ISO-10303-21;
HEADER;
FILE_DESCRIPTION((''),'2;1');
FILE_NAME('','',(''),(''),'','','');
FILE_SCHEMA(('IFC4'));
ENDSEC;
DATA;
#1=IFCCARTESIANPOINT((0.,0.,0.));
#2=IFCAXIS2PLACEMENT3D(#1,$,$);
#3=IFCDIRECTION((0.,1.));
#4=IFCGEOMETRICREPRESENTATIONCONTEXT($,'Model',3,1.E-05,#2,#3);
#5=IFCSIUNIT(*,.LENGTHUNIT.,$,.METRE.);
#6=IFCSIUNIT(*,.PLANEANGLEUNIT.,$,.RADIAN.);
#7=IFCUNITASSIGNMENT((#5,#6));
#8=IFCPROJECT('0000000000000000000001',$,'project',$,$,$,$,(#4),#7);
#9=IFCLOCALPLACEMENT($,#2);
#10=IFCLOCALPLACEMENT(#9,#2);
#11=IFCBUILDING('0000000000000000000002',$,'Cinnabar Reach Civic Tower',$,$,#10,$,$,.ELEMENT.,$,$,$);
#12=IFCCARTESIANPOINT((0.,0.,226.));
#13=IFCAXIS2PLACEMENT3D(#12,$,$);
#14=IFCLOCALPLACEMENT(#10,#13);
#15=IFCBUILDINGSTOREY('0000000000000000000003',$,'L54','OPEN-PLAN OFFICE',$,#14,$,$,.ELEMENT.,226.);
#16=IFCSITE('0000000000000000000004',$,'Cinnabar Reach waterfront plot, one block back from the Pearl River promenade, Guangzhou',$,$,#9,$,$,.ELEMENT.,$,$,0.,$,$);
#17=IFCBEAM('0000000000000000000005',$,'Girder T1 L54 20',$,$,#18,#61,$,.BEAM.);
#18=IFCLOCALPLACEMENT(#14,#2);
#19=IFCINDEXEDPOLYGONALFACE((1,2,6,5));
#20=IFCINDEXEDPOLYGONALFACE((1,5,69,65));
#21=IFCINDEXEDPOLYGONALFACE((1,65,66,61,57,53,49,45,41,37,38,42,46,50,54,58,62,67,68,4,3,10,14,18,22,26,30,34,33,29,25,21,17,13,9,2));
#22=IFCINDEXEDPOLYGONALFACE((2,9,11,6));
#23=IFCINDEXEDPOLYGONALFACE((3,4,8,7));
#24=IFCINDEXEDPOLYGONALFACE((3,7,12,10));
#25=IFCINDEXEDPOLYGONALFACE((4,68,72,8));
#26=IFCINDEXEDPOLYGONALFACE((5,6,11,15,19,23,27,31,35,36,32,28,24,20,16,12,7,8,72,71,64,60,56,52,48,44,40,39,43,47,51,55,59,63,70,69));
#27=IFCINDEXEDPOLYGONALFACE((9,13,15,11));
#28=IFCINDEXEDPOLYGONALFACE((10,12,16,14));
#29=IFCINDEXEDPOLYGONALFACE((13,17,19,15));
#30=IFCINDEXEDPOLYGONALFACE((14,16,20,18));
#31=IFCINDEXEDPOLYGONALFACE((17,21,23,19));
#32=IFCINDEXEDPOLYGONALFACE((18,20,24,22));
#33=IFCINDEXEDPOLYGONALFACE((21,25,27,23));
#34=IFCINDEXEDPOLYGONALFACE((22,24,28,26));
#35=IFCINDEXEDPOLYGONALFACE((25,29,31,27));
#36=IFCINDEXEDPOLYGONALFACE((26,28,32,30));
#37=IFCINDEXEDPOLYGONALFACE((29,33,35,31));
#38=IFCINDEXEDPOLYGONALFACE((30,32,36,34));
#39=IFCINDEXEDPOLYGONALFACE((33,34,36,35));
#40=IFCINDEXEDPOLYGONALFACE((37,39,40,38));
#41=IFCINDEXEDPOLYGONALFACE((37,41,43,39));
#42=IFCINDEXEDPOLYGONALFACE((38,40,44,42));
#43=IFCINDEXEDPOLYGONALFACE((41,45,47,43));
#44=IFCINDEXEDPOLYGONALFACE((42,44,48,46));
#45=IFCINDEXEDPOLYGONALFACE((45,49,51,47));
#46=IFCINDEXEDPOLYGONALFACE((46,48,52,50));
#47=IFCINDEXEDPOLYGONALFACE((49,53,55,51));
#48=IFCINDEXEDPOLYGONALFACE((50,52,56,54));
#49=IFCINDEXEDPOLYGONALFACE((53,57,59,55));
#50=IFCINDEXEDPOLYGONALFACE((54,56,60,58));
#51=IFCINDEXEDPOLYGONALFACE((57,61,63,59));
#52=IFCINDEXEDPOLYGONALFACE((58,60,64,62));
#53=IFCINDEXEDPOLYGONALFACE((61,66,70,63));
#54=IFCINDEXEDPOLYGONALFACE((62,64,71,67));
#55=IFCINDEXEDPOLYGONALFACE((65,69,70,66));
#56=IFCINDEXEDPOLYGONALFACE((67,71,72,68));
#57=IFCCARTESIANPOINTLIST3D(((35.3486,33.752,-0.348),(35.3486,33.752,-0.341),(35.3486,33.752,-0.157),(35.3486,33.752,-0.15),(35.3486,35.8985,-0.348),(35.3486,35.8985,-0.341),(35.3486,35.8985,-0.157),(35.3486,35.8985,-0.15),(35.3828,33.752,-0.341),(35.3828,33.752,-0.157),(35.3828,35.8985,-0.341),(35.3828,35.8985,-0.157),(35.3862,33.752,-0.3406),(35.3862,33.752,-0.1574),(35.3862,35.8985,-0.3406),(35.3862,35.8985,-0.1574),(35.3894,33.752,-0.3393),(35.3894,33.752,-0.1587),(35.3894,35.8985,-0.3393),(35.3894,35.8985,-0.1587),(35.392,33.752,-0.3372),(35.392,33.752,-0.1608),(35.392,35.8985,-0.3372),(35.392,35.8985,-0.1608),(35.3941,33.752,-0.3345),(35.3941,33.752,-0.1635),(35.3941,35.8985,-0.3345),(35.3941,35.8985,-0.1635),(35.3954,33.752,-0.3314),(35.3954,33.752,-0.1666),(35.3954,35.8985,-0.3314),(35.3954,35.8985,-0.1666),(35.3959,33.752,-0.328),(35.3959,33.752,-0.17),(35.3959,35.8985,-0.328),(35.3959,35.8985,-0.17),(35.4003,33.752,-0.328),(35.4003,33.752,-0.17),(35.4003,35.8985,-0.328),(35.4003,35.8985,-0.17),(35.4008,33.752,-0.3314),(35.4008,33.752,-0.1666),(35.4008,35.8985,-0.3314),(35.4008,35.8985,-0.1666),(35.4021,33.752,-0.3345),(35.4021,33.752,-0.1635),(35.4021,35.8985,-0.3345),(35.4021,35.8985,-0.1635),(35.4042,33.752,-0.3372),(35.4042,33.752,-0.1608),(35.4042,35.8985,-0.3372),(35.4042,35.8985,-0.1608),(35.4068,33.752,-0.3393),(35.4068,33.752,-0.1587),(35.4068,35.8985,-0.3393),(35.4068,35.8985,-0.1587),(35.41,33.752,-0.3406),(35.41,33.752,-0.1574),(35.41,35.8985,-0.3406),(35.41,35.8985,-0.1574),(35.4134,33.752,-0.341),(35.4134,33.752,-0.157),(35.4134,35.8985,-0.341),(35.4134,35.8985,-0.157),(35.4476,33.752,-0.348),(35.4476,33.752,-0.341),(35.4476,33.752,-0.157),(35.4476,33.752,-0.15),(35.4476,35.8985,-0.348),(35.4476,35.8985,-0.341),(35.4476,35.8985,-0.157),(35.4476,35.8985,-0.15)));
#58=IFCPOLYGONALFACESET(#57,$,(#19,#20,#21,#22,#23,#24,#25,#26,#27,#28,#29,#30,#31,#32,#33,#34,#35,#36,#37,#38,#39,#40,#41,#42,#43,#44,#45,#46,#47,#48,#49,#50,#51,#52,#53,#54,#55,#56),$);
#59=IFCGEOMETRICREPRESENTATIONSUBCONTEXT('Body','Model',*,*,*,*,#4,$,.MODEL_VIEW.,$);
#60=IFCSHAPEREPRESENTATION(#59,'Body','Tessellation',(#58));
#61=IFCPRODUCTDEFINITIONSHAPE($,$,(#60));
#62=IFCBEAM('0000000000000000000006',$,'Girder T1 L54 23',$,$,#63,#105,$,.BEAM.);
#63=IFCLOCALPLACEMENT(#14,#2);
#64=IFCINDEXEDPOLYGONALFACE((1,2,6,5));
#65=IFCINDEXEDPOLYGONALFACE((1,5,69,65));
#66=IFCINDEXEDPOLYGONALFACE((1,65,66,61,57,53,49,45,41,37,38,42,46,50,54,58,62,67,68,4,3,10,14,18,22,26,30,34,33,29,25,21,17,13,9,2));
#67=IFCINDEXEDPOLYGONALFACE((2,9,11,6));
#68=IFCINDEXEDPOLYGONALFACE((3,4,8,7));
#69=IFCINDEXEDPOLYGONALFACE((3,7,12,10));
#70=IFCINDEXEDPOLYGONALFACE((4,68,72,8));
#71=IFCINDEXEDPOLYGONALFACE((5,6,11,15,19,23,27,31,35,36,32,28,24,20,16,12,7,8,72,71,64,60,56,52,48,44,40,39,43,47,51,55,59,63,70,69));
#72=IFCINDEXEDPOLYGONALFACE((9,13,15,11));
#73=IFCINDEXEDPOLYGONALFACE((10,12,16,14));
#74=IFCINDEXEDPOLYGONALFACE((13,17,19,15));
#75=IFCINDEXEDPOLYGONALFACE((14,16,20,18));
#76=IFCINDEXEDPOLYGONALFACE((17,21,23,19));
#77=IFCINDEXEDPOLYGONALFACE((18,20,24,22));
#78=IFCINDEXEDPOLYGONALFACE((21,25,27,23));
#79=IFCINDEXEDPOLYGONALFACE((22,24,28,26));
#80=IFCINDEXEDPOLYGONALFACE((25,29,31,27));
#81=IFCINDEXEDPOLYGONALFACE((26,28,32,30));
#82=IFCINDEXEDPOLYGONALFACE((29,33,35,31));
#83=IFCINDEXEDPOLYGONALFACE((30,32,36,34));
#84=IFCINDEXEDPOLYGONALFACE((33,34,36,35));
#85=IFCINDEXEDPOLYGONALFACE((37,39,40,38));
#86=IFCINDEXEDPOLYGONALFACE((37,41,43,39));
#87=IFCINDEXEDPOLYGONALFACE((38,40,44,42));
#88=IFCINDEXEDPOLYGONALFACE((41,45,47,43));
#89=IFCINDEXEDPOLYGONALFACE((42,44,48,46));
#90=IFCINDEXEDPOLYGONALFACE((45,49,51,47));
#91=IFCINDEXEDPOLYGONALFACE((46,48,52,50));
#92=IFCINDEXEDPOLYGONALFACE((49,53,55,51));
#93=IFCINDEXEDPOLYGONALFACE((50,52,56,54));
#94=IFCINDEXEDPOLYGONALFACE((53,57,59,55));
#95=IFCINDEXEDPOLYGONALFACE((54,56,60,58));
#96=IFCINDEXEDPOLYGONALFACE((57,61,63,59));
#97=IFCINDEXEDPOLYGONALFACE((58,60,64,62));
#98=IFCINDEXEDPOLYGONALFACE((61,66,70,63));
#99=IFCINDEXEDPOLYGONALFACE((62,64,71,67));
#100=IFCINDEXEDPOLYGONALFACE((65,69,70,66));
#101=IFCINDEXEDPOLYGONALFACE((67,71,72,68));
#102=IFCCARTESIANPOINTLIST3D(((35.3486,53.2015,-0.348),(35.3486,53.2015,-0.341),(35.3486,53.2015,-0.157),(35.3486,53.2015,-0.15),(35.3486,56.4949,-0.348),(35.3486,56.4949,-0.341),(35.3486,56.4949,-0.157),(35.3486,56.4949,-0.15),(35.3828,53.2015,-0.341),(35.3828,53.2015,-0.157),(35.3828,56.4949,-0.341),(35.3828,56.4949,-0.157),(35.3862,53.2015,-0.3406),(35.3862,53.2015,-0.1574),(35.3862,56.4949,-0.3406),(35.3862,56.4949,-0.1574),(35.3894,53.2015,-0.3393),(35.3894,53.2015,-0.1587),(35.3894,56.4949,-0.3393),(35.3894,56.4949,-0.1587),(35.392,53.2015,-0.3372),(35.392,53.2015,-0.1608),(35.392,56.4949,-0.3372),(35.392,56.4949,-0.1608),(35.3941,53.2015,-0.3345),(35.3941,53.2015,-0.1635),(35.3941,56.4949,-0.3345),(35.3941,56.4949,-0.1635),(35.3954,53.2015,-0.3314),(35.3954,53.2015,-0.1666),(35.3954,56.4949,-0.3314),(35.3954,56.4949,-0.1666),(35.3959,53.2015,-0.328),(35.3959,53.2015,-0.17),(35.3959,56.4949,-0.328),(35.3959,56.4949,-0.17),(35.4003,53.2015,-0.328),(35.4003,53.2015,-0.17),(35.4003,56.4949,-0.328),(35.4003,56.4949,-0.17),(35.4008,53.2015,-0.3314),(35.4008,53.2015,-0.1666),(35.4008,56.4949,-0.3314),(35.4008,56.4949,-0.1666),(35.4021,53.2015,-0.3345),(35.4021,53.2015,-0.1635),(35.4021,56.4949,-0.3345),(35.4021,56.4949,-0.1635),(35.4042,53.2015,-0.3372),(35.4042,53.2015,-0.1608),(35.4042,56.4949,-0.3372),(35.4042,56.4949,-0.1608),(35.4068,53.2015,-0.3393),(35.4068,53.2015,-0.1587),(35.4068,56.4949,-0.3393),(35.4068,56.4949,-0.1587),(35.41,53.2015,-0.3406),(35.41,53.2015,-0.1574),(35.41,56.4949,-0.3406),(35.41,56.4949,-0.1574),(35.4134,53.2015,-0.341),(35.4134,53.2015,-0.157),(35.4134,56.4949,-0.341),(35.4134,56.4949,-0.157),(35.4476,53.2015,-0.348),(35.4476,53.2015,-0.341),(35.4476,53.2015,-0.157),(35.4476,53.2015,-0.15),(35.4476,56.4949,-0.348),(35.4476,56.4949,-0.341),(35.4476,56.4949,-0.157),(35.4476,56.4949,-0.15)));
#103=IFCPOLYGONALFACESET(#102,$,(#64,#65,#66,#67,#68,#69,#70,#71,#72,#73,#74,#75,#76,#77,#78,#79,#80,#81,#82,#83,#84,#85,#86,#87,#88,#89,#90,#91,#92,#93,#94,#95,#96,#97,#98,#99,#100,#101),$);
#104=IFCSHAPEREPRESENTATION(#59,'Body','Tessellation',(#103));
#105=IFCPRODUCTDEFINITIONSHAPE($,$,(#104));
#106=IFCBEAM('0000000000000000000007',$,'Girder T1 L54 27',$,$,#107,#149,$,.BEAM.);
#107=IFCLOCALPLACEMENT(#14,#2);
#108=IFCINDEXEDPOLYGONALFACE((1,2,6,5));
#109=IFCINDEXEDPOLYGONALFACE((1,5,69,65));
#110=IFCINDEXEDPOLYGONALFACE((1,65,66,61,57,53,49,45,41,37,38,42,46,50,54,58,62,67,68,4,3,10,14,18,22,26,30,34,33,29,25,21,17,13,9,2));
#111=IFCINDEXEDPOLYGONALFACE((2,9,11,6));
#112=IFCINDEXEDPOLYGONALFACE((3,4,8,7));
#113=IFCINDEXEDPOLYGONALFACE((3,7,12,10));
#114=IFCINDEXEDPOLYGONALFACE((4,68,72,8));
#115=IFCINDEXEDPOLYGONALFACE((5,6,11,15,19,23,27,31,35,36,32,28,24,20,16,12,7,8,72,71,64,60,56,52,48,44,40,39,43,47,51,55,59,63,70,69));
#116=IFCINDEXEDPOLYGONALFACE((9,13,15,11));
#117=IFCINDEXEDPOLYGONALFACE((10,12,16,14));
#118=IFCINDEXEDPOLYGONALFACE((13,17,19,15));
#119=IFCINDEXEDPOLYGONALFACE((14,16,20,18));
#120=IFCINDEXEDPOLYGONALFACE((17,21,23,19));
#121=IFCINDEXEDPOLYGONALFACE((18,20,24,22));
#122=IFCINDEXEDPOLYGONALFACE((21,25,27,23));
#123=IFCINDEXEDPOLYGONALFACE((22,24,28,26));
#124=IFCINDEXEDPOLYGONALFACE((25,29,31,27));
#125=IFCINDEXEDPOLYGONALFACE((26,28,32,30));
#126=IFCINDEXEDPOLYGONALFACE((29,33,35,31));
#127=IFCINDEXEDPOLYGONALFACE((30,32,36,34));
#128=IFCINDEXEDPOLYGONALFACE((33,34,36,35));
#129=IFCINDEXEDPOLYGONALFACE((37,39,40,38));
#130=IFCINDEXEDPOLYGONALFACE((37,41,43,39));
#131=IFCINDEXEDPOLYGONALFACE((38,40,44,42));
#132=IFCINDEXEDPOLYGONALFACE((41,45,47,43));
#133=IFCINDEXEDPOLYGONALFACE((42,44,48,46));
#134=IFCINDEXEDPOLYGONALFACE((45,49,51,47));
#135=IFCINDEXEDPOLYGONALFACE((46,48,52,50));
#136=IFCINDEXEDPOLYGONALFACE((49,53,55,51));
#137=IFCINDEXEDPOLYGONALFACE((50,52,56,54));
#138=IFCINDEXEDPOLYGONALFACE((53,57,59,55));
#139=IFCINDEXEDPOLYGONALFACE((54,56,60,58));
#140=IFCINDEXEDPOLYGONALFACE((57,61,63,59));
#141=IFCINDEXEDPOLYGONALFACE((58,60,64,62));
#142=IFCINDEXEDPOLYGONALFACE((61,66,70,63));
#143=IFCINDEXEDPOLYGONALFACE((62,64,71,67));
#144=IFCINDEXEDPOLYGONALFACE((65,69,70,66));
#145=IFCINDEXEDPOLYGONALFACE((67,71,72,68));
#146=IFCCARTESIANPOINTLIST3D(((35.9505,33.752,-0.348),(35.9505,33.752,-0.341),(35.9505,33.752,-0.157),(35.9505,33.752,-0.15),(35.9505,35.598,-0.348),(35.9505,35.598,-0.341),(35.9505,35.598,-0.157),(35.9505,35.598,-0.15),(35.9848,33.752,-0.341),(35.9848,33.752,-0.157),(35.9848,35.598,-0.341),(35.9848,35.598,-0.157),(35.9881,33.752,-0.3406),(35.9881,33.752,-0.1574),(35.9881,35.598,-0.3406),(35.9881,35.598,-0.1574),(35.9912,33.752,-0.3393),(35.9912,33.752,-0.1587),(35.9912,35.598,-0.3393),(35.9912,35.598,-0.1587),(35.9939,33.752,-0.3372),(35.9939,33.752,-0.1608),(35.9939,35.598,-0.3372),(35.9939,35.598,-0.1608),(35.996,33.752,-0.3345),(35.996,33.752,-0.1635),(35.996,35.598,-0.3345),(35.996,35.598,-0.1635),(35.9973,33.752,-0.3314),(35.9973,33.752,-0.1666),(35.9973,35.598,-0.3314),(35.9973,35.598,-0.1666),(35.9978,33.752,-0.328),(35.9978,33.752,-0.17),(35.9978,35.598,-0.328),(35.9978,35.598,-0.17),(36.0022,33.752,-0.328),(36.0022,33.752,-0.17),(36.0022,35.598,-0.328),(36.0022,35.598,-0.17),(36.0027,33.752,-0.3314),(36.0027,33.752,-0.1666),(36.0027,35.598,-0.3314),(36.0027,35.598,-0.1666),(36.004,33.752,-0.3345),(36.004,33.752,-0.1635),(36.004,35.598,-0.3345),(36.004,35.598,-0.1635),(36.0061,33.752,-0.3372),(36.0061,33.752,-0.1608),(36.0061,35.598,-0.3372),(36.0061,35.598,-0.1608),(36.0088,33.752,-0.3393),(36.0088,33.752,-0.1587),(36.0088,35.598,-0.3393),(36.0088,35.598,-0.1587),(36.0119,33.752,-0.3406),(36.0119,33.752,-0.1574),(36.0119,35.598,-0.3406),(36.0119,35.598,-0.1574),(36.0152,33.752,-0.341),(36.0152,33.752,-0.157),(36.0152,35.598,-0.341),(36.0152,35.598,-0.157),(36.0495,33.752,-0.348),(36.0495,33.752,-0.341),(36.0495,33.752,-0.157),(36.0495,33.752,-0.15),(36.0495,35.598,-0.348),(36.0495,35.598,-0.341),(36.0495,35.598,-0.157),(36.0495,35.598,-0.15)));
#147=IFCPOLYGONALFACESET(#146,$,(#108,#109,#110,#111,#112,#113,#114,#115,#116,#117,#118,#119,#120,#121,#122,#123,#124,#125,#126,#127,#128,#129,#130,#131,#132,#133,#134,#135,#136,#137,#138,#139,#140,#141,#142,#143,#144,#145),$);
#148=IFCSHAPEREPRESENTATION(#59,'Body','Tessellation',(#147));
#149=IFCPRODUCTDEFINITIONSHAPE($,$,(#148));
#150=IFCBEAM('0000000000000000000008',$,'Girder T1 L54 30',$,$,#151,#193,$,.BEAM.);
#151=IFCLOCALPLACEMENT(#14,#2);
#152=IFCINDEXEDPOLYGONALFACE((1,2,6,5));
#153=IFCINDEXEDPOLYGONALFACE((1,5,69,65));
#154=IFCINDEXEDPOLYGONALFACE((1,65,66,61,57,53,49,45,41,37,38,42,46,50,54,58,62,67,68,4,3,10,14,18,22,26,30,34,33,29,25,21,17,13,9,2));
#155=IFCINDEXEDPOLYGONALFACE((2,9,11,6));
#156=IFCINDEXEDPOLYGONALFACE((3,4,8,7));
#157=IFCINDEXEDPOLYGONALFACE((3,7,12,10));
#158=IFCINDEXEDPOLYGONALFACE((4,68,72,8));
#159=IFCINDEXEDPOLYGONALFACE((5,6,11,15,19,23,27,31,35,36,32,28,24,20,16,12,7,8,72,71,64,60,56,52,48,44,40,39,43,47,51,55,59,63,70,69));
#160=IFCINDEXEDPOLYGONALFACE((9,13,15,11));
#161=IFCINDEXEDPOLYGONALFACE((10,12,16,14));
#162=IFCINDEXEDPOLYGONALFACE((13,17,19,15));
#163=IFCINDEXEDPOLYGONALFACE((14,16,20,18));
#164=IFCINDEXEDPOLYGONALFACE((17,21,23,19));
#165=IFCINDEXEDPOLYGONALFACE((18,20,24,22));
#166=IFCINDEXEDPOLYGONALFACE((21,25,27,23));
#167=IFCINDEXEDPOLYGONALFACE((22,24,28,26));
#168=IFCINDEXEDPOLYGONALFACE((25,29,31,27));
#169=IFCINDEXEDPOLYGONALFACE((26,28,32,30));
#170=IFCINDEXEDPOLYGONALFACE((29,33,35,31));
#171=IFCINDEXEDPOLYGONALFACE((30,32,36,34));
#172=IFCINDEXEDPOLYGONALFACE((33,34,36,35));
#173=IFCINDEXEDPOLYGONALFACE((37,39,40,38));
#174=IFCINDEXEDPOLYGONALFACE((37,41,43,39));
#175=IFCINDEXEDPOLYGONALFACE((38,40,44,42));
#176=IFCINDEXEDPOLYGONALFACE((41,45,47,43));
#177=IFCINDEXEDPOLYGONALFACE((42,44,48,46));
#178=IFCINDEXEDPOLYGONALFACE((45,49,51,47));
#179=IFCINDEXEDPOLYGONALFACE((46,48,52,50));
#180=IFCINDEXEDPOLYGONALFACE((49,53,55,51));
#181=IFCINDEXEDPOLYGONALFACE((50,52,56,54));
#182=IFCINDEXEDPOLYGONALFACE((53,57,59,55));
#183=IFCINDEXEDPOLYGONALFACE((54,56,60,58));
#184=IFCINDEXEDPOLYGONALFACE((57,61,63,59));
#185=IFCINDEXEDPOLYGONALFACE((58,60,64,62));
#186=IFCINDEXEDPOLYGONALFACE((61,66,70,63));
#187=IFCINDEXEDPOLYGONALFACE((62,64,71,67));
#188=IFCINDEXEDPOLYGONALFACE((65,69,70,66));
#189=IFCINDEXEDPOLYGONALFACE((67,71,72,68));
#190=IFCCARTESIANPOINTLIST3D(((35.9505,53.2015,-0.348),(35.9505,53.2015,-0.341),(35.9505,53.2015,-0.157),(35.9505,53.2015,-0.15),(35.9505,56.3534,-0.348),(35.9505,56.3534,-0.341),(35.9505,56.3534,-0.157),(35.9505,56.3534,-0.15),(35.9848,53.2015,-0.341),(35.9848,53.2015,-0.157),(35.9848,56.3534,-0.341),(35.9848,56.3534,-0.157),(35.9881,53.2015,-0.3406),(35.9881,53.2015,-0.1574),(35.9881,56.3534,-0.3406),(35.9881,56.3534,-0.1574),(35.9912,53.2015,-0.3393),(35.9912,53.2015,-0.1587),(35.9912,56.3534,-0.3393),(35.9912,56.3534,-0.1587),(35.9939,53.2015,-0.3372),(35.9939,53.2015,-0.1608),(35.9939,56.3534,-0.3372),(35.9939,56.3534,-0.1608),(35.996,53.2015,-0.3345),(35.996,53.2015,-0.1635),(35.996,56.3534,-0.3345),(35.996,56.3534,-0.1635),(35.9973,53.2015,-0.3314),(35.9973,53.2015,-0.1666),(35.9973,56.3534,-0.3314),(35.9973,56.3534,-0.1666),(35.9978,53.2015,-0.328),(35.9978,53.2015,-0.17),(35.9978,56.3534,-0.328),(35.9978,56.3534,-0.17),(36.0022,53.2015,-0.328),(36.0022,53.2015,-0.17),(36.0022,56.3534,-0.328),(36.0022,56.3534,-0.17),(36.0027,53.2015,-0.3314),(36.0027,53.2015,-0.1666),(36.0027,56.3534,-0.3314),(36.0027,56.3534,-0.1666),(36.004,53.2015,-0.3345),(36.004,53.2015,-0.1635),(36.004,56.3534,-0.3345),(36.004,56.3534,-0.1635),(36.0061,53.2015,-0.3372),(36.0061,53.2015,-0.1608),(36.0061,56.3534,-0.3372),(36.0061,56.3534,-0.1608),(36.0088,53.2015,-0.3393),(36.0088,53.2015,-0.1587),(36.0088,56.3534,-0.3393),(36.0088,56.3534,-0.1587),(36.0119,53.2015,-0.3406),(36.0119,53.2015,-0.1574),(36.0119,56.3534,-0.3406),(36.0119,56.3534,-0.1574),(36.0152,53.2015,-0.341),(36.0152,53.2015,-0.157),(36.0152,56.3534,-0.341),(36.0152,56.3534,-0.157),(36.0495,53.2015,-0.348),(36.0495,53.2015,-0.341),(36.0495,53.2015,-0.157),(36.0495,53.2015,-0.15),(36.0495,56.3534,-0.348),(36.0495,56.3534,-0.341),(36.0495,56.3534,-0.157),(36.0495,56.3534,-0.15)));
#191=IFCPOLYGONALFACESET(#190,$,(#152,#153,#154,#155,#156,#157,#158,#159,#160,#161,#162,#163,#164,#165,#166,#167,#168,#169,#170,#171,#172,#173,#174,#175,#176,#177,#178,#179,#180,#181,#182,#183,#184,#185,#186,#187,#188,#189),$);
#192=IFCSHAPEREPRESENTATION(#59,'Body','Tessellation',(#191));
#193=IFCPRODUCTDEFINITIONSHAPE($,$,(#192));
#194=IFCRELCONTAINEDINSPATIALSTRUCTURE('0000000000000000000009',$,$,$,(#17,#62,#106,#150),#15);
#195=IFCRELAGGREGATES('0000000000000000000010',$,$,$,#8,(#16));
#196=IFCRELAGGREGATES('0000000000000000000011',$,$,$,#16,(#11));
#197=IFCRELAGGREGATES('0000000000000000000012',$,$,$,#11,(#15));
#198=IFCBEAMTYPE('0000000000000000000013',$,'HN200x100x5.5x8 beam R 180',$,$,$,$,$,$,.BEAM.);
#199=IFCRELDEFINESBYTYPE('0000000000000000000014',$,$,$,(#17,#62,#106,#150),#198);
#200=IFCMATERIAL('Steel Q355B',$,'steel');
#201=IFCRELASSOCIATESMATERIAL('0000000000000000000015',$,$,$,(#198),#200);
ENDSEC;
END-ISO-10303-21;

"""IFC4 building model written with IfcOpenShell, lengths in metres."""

from ifc_helpers import new_model, si_unit, direction, frame, origin, origin_2d, place, context, subcontext, project, spatial, i_section, extrude, material, material_profile, profile_set, type_object, element, save


model = new_model("IFC4")

# Units and contexts
model_context = context("Model", 3, precision=1e-05, world=origin(), true_north=direction((0.0, 1.0)))
body_context = subcontext(model_context, "Body", "Model", "MODEL_VIEW")
ifc_project = project(units=[si_unit("LENGTHUNIT", "METRE"), si_unit("PLANEANGLEUNIT", "RADIAN")], contexts=[model_context])

# Site, building, storey
site_placement = place(None, origin())
site = spatial("IfcSite", under=ifc_project, at=site_placement, Name="Cinnabar Reach waterfront plot, one block back from the Pearl River promenade, Guangzhou", CompositionType="ELEMENT", RefElevation=0.0)
building_placement = place(site_placement, origin())
building = spatial("IfcBuilding", under=site, at=building_placement, Name="Cinnabar Reach Civic Tower", CompositionType="ELEMENT")
storey_placement = place(building_placement, frame((0.0, 0.0, 226.0)))
storey = spatial("IfcBuildingStorey", under=building, at=storey_placement, Name="L54", Description="OPEN-PLAN OFFICE", CompositionType="ELEMENT", Elevation=226.0)

# Beams
ifc_material_1 = material(Name="Steel Q355B", Category="steel")
ifc_material_profile_1 = material_profile(ifc_material_1, i_section(OverallWidth=0.099, OverallDepth=0.198, WebThickness=0.0045, FlangeThickness=0.007, FilletRadius=0.013, at=origin_2d()), Name="HN200x100x5.5x8")
ifc_profile_set_1 = profile_set([ifc_material_profile_1], Name="Steel Q355B")
beam_type_1 = type_object("IfcBeamType", Name="HN200x100x5.5x8 beam R 180", PredefinedType="BEAM", material=ifc_profile_set_1)
beam_1_placement = place(storey_placement, frame((35.3981, 33.752, -0.249), z_axis=(0.0, 1.0, 0.0), x_axis=(-1.0, 0.0, 0.0)))
element("IfcBeam", 1, at=beam_1_placement, inside=storey, type_object=beam_type_1, Name="Girder T1 L54 20", PredefinedType="BEAM", context=body_context, shape_type="SweptSolid", body=[
    extrude(i_section(OverallWidth=0.099, OverallDepth=0.198, WebThickness=0.0045, FlangeThickness=0.007, FilletRadius=0.013, at=origin_2d()), origin(), (0.0, 0.0, 1.0), 2.1465),
])
beam_2_placement = place(storey_placement, frame((35.3981, 53.2015, -0.249), z_axis=(0.0, 1.0, 0.0), x_axis=(-1.0, 0.0, 0.0)))
element("IfcBeam", 2, at=beam_2_placement, inside=storey, type_object=beam_type_1, Name="Girder T1 L54 23", PredefinedType="BEAM", context=body_context, shape_type="SweptSolid", body=[
    extrude(i_section(OverallWidth=0.099, OverallDepth=0.198, WebThickness=0.0045, FlangeThickness=0.007, FilletRadius=0.013, at=origin_2d()), origin(), (0.0, 0.0, 1.0), 3.2934),
])
beam_3_placement = place(storey_placement, frame((36.0, 33.752, -0.249), z_axis=(0.0, 1.0, 0.0), x_axis=(-1.0, 0.0, 0.0)))
element("IfcBeam", 3, at=beam_3_placement, inside=storey, type_object=beam_type_1, Name="Girder T1 L54 27", PredefinedType="BEAM", context=body_context, shape_type="SweptSolid", body=[
    extrude(i_section(OverallWidth=0.099, OverallDepth=0.198, WebThickness=0.0045, FlangeThickness=0.007, FilletRadius=0.013, at=origin_2d()), origin(), (0.0, 0.0, 1.0), 1.846),
])
beam_4_placement = place(storey_placement, frame((36.0, 53.2015, -0.249), z_axis=(0.0, 1.0, 0.0), x_axis=(-1.0, 0.0, 0.0)))
element("IfcBeam", 4, at=beam_4_placement, inside=storey, type_object=beam_type_1, Name="Girder T1 L54 30", PredefinedType="BEAM", context=body_context, shape_type="SweptSolid", body=[
    extrude(i_section(OverallWidth=0.099, OverallDepth=0.198, WebThickness=0.0045, FlangeThickness=0.007, FilletRadius=0.013, at=origin_2d()), origin(), (0.0, 0.0, 1.0), 3.1519),
])

save(model, "model.ifc")
